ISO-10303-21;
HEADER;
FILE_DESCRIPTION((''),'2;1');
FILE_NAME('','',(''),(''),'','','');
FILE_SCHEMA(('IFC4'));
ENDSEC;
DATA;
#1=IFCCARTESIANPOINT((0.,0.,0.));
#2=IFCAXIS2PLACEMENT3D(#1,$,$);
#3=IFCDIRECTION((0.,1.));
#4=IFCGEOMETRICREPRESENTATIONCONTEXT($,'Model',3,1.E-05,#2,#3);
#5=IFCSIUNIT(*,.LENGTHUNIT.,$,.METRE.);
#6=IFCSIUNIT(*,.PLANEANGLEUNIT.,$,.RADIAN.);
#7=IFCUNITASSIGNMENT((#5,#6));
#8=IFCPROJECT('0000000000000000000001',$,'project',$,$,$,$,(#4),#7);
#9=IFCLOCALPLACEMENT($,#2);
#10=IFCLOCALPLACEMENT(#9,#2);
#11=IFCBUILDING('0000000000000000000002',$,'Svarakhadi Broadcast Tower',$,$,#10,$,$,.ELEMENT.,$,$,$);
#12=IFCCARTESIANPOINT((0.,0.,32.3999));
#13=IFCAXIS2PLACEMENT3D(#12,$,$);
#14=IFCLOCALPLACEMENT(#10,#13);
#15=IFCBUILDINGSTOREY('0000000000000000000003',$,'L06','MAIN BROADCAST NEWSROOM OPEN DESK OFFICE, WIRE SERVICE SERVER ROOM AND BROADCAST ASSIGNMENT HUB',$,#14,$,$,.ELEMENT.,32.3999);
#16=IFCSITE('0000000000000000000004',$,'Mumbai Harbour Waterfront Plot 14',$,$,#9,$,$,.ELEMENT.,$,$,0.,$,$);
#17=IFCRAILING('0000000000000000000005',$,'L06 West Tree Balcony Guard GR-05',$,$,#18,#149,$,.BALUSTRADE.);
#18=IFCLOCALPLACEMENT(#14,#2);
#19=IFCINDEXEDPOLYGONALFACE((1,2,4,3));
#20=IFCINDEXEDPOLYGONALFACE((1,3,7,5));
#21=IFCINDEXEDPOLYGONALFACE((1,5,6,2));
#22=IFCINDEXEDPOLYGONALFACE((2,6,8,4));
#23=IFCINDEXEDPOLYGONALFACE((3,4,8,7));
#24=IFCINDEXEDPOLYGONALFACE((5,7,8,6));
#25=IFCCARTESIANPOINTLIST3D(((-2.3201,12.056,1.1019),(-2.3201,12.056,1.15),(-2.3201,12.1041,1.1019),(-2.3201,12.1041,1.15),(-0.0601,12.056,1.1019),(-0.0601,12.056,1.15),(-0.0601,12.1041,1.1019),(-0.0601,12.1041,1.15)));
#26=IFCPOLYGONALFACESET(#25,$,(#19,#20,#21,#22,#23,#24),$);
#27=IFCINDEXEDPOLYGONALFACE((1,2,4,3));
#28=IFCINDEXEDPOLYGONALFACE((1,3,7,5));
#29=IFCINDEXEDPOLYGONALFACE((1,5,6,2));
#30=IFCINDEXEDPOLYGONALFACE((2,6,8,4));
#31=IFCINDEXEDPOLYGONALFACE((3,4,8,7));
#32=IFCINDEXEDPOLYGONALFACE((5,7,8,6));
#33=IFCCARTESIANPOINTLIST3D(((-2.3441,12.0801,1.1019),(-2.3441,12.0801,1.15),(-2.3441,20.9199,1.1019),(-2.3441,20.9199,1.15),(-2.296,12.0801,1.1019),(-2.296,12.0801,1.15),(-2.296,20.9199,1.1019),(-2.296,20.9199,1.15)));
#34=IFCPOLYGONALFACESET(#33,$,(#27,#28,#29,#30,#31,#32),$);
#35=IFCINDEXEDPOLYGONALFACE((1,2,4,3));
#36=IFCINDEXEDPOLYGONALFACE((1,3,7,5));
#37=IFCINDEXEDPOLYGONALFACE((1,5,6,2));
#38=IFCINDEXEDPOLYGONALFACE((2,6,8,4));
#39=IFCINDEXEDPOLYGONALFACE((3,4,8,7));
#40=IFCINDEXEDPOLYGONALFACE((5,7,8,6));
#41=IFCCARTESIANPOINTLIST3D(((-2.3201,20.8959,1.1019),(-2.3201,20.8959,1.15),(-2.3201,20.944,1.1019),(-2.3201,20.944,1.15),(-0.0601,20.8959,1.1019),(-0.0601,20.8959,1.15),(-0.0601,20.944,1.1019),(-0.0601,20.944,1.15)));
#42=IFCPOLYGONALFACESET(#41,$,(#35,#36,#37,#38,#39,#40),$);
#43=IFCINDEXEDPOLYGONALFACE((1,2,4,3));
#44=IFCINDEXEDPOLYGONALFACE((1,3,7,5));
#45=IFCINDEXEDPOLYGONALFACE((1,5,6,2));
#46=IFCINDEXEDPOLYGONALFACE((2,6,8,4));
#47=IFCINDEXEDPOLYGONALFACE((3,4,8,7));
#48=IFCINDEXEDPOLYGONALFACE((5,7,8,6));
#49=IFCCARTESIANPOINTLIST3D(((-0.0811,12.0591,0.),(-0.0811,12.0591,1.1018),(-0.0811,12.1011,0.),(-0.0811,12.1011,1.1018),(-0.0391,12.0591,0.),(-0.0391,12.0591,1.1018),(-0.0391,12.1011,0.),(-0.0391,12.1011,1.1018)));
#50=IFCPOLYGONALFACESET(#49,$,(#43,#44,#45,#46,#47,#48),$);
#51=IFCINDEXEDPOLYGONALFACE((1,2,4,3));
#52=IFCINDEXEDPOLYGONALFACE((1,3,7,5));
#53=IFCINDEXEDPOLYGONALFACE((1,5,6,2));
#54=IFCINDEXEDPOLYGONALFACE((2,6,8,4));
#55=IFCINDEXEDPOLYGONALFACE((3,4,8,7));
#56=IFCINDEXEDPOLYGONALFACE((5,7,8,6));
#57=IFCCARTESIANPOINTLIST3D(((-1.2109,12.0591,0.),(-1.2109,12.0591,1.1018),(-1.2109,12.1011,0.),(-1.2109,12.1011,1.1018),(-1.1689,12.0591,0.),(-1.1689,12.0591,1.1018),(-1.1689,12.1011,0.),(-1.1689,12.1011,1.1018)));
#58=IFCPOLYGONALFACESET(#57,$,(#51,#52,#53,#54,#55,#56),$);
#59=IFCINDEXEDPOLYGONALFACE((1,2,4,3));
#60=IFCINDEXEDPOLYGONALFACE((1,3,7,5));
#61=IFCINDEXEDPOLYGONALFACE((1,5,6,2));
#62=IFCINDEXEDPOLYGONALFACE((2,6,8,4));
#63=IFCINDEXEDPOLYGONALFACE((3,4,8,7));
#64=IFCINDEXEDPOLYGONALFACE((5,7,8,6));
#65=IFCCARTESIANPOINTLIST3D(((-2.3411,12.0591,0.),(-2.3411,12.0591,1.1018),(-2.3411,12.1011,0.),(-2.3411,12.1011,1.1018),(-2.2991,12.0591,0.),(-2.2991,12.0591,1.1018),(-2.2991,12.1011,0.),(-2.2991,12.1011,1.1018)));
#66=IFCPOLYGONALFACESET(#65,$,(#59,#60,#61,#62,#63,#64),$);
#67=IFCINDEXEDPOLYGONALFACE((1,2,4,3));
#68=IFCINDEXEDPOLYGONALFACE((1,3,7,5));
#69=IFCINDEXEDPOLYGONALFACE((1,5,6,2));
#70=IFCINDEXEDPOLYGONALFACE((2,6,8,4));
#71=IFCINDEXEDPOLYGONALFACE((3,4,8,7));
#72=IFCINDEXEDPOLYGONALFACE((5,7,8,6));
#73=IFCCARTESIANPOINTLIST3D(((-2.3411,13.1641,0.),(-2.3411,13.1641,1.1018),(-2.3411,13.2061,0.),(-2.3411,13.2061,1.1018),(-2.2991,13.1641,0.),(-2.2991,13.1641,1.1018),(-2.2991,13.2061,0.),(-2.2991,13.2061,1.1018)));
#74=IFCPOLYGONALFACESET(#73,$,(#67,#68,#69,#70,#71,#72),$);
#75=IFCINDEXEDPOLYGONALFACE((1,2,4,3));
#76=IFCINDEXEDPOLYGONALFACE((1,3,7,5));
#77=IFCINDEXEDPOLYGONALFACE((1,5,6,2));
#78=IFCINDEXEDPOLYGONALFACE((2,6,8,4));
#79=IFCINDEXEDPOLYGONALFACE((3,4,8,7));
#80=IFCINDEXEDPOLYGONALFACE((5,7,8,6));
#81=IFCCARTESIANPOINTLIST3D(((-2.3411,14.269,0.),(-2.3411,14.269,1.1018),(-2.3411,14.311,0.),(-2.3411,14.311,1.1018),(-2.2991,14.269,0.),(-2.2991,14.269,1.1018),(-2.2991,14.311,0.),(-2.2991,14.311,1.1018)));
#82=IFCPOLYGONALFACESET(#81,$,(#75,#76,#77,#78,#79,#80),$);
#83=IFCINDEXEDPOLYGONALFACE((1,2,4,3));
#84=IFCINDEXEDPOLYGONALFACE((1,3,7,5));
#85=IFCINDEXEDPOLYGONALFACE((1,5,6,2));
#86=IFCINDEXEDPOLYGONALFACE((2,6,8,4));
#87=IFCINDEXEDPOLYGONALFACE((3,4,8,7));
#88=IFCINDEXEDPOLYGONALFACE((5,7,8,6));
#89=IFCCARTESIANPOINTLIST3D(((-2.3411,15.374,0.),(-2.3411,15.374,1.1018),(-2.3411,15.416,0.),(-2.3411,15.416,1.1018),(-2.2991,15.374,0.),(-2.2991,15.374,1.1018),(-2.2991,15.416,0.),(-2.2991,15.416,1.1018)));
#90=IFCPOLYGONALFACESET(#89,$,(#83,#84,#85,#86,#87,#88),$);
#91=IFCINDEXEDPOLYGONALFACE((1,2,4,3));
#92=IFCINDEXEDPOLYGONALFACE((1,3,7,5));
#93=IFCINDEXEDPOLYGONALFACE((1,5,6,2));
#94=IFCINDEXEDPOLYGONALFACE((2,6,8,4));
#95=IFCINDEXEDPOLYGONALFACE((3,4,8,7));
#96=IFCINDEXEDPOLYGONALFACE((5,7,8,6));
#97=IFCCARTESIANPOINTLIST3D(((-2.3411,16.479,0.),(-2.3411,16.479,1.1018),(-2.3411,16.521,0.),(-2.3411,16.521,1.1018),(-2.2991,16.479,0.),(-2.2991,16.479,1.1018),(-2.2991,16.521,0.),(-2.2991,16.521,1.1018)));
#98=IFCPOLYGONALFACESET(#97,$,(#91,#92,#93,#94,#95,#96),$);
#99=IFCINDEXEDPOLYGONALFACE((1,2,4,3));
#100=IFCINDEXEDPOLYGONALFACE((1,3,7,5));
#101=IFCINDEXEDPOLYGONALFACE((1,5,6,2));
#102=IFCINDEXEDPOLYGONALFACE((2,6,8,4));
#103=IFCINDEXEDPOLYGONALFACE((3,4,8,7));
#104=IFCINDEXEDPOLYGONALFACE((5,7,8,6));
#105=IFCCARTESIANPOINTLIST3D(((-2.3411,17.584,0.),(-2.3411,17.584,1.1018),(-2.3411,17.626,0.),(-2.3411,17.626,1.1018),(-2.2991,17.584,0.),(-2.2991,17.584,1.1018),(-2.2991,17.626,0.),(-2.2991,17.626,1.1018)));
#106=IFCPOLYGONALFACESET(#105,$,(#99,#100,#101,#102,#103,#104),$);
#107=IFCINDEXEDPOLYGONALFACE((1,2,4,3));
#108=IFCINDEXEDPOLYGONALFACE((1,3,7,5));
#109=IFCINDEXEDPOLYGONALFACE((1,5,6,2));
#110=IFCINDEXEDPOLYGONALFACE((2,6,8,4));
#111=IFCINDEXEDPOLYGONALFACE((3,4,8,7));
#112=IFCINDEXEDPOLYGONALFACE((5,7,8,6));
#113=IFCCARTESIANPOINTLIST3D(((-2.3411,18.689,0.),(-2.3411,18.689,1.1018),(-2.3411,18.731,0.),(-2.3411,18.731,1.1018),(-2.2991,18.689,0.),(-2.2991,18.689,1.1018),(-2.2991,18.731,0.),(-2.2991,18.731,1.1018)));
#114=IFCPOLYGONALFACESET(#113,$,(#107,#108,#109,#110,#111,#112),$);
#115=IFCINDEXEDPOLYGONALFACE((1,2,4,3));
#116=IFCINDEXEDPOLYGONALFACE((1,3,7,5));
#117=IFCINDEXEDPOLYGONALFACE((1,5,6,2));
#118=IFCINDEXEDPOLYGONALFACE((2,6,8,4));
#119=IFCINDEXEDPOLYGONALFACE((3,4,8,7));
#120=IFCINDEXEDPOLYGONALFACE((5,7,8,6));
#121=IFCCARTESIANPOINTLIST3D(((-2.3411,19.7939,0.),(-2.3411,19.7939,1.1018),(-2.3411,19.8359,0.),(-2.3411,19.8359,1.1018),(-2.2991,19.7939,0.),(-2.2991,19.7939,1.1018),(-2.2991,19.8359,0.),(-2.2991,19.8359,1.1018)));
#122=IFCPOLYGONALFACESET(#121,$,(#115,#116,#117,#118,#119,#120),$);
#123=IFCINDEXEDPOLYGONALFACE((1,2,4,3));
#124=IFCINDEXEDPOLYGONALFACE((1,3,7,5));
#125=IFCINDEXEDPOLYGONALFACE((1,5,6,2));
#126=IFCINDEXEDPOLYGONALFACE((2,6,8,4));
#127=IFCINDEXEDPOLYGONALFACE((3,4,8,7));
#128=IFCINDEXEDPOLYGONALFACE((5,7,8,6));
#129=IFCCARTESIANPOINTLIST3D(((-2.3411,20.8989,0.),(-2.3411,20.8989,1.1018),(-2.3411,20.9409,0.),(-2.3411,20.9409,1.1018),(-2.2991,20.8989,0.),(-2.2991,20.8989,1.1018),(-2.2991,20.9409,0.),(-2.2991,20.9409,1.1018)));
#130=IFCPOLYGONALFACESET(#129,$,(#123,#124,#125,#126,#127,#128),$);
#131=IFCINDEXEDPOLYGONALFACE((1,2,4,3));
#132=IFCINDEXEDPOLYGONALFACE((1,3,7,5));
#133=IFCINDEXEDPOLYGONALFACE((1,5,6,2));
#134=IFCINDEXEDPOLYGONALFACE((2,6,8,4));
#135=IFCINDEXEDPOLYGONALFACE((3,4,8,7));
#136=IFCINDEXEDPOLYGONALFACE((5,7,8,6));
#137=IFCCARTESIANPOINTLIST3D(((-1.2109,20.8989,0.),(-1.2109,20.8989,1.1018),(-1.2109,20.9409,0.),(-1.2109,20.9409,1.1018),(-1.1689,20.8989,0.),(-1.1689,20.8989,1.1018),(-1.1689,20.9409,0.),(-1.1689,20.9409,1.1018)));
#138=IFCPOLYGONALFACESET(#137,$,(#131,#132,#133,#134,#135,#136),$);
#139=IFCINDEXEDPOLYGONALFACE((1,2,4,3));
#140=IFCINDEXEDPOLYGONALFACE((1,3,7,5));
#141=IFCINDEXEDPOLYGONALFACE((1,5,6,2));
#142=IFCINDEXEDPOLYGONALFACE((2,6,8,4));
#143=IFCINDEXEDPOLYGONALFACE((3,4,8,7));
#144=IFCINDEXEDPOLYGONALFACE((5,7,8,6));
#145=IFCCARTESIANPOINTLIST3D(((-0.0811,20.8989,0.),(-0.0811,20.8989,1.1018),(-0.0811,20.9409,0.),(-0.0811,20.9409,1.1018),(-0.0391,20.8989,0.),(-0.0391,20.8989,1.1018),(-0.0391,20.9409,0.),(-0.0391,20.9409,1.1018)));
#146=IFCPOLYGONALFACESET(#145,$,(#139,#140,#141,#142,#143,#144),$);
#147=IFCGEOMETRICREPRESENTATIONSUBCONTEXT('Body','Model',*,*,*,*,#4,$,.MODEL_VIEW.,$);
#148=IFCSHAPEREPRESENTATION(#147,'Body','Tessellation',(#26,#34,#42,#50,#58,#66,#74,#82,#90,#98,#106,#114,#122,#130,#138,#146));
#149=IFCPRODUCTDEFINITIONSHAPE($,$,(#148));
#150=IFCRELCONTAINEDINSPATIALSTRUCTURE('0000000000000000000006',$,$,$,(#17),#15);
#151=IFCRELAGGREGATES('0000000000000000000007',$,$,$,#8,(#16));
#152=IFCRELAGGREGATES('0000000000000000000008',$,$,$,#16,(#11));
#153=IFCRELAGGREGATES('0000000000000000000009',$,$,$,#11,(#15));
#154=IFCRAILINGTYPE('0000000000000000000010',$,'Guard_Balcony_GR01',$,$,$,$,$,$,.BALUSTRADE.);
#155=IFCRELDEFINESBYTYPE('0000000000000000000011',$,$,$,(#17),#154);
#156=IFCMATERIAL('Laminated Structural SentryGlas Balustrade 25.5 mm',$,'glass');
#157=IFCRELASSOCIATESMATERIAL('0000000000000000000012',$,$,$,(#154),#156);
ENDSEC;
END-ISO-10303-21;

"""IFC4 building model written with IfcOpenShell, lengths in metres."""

from ifc_helpers import new_model, si_unit, direction, frame, origin, origin_2d, place, context, subcontext, project, spatial, rectangle, extrude, material, type_object, element, save


model = new_model("IFC4")

# Units and contexts
model_context = context("Model", 3, precision=1e-05, world=origin(), true_north=direction((0.0, 1.0)))
body_context = subcontext(model_context, "Body", "Model", "MODEL_VIEW")
ifc_project = project(units=[si_unit("LENGTHUNIT", "METRE"), si_unit("PLANEANGLEUNIT", "RADIAN")], contexts=[model_context])

# Site, building, storey
site_placement = place(None, origin())
site = spatial("IfcSite", under=ifc_project, at=site_placement, Name="Mumbai Harbour Waterfront Plot 14", CompositionType="ELEMENT", RefElevation=0.0)
building_placement = place(site_placement, origin())
building = spatial("IfcBuilding", under=site, at=building_placement, Name="Svarakhadi Broadcast Tower", CompositionType="ELEMENT")
storey_placement = place(building_placement, frame((0.0, 0.0, 32.3999)))
storey = spatial("IfcBuildingStorey", under=building, at=storey_placement, Name="L06", Description="MAIN BROADCAST NEWSROOM OPEN DESK OFFICE, WIRE SERVICE SERVER ROOM AND BROADCAST ASSIGNMENT HUB", CompositionType="ELEMENT", Elevation=32.3999)

# Railing
ifc_material_1 = material(Name="Laminated Structural SentryGlas Balustrade 25.5 mm", Category="glass")
railing_type = type_object("IfcRailingType", Name="Guard_Balcony_GR01", PredefinedType="BALUSTRADE", material=ifc_material_1)
railing_placement = place(storey_placement, frame((-0.0601, 12.0801, 0.0)))
element("IfcRailing", 1, at=railing_placement, inside=storey, type_object=railing_type, Name="L06 West Tree Balcony Guard GR-05", PredefinedType="BALUSTRADE", context=body_context, shape_type="SweptSolid", body=[
    extrude(rectangle(XDim=0.0481, YDim=0.0481, at=origin_2d()), frame((0.0, 0.0, 1.126), z_axis=(-1.0, 0.0, 0.0), x_axis=(0.0, -1.0, 0.0)), (0.0, 0.0, 1.0), 2.26),
    extrude(rectangle(XDim=0.0481, YDim=0.0481, at=origin_2d()), frame((-2.26, 0.0, 1.126), z_axis=(0.0, 1.0, 0.0), x_axis=(-1.0, 0.0, 0.0)), (0.0, 0.0, 1.0), 8.8398),
    extrude(rectangle(XDim=0.0481, YDim=0.0481, at=origin_2d()), frame((-2.26, 8.8398, 1.126), z_axis=(1.0, 0.0, 0.0), x_axis=(0.0, 1.0, 0.0)), (0.0, 0.0, 1.0), 2.26),
    extrude(rectangle(XDim=0.042, YDim=0.042, at=origin_2d()), origin(), (0.0, 0.0, 1.0), 1.1018),
    extrude(rectangle(XDim=0.042, YDim=0.042, at=origin_2d()), frame((-1.1299, 0.0, 0.0)), (0.0, 0.0, 1.0), 1.1018),
    extrude(rectangle(XDim=0.042, YDim=0.042, at=origin_2d()), frame((-2.26, 0.0, 0.0)), (0.0, 0.0, 1.0), 1.1018),
    extrude(rectangle(XDim=0.042, YDim=0.042, at=origin_2d()), frame((-2.26, 1.105, 0.0)), (0.0, 0.0, 1.0), 1.1018),
    extrude(rectangle(XDim=0.042, YDim=0.042, at=origin_2d()), frame((-2.26, 2.21, 0.0)), (0.0, 0.0, 1.0), 1.1018),
    extrude(rectangle(XDim=0.042, YDim=0.042, at=origin_2d()), frame((-2.26, 3.3149, 0.0)), (0.0, 0.0, 1.0), 1.1018),
    extrude(rectangle(XDim=0.042, YDim=0.042, at=origin_2d()), frame((-2.26, 4.4199, 0.0)), (0.0, 0.0, 1.0), 1.1018),
    extrude(rectangle(XDim=0.042, YDim=0.042, at=origin_2d()), frame((-2.26, 5.5249, 0.0)), (0.0, 0.0, 1.0), 1.1018),
    extrude(rectangle(XDim=0.042, YDim=0.042, at=origin_2d()), frame((-2.26, 6.6299, 0.0)), (0.0, 0.0, 1.0), 1.1018),
    extrude(rectangle(XDim=0.042, YDim=0.042, at=origin_2d()), frame((-2.26, 7.7349, 0.0)), (0.0, 0.0, 1.0), 1.1018),
    extrude(rectangle(XDim=0.042, YDim=0.042, at=origin_2d()), frame((-2.26, 8.8398, 0.0)), (0.0, 0.0, 1.0), 1.1018),
    extrude(rectangle(XDim=0.042, YDim=0.042, at=origin_2d()), frame((-1.1299, 8.8398, 0.0)), (0.0, 0.0, 1.0), 1.1018),
    extrude(rectangle(XDim=0.042, YDim=0.042, at=origin_2d()), frame((0.0, 8.8398, 0.0)), (0.0, 0.0, 1.0), 1.1018),
])

save(model, "model.ifc")
